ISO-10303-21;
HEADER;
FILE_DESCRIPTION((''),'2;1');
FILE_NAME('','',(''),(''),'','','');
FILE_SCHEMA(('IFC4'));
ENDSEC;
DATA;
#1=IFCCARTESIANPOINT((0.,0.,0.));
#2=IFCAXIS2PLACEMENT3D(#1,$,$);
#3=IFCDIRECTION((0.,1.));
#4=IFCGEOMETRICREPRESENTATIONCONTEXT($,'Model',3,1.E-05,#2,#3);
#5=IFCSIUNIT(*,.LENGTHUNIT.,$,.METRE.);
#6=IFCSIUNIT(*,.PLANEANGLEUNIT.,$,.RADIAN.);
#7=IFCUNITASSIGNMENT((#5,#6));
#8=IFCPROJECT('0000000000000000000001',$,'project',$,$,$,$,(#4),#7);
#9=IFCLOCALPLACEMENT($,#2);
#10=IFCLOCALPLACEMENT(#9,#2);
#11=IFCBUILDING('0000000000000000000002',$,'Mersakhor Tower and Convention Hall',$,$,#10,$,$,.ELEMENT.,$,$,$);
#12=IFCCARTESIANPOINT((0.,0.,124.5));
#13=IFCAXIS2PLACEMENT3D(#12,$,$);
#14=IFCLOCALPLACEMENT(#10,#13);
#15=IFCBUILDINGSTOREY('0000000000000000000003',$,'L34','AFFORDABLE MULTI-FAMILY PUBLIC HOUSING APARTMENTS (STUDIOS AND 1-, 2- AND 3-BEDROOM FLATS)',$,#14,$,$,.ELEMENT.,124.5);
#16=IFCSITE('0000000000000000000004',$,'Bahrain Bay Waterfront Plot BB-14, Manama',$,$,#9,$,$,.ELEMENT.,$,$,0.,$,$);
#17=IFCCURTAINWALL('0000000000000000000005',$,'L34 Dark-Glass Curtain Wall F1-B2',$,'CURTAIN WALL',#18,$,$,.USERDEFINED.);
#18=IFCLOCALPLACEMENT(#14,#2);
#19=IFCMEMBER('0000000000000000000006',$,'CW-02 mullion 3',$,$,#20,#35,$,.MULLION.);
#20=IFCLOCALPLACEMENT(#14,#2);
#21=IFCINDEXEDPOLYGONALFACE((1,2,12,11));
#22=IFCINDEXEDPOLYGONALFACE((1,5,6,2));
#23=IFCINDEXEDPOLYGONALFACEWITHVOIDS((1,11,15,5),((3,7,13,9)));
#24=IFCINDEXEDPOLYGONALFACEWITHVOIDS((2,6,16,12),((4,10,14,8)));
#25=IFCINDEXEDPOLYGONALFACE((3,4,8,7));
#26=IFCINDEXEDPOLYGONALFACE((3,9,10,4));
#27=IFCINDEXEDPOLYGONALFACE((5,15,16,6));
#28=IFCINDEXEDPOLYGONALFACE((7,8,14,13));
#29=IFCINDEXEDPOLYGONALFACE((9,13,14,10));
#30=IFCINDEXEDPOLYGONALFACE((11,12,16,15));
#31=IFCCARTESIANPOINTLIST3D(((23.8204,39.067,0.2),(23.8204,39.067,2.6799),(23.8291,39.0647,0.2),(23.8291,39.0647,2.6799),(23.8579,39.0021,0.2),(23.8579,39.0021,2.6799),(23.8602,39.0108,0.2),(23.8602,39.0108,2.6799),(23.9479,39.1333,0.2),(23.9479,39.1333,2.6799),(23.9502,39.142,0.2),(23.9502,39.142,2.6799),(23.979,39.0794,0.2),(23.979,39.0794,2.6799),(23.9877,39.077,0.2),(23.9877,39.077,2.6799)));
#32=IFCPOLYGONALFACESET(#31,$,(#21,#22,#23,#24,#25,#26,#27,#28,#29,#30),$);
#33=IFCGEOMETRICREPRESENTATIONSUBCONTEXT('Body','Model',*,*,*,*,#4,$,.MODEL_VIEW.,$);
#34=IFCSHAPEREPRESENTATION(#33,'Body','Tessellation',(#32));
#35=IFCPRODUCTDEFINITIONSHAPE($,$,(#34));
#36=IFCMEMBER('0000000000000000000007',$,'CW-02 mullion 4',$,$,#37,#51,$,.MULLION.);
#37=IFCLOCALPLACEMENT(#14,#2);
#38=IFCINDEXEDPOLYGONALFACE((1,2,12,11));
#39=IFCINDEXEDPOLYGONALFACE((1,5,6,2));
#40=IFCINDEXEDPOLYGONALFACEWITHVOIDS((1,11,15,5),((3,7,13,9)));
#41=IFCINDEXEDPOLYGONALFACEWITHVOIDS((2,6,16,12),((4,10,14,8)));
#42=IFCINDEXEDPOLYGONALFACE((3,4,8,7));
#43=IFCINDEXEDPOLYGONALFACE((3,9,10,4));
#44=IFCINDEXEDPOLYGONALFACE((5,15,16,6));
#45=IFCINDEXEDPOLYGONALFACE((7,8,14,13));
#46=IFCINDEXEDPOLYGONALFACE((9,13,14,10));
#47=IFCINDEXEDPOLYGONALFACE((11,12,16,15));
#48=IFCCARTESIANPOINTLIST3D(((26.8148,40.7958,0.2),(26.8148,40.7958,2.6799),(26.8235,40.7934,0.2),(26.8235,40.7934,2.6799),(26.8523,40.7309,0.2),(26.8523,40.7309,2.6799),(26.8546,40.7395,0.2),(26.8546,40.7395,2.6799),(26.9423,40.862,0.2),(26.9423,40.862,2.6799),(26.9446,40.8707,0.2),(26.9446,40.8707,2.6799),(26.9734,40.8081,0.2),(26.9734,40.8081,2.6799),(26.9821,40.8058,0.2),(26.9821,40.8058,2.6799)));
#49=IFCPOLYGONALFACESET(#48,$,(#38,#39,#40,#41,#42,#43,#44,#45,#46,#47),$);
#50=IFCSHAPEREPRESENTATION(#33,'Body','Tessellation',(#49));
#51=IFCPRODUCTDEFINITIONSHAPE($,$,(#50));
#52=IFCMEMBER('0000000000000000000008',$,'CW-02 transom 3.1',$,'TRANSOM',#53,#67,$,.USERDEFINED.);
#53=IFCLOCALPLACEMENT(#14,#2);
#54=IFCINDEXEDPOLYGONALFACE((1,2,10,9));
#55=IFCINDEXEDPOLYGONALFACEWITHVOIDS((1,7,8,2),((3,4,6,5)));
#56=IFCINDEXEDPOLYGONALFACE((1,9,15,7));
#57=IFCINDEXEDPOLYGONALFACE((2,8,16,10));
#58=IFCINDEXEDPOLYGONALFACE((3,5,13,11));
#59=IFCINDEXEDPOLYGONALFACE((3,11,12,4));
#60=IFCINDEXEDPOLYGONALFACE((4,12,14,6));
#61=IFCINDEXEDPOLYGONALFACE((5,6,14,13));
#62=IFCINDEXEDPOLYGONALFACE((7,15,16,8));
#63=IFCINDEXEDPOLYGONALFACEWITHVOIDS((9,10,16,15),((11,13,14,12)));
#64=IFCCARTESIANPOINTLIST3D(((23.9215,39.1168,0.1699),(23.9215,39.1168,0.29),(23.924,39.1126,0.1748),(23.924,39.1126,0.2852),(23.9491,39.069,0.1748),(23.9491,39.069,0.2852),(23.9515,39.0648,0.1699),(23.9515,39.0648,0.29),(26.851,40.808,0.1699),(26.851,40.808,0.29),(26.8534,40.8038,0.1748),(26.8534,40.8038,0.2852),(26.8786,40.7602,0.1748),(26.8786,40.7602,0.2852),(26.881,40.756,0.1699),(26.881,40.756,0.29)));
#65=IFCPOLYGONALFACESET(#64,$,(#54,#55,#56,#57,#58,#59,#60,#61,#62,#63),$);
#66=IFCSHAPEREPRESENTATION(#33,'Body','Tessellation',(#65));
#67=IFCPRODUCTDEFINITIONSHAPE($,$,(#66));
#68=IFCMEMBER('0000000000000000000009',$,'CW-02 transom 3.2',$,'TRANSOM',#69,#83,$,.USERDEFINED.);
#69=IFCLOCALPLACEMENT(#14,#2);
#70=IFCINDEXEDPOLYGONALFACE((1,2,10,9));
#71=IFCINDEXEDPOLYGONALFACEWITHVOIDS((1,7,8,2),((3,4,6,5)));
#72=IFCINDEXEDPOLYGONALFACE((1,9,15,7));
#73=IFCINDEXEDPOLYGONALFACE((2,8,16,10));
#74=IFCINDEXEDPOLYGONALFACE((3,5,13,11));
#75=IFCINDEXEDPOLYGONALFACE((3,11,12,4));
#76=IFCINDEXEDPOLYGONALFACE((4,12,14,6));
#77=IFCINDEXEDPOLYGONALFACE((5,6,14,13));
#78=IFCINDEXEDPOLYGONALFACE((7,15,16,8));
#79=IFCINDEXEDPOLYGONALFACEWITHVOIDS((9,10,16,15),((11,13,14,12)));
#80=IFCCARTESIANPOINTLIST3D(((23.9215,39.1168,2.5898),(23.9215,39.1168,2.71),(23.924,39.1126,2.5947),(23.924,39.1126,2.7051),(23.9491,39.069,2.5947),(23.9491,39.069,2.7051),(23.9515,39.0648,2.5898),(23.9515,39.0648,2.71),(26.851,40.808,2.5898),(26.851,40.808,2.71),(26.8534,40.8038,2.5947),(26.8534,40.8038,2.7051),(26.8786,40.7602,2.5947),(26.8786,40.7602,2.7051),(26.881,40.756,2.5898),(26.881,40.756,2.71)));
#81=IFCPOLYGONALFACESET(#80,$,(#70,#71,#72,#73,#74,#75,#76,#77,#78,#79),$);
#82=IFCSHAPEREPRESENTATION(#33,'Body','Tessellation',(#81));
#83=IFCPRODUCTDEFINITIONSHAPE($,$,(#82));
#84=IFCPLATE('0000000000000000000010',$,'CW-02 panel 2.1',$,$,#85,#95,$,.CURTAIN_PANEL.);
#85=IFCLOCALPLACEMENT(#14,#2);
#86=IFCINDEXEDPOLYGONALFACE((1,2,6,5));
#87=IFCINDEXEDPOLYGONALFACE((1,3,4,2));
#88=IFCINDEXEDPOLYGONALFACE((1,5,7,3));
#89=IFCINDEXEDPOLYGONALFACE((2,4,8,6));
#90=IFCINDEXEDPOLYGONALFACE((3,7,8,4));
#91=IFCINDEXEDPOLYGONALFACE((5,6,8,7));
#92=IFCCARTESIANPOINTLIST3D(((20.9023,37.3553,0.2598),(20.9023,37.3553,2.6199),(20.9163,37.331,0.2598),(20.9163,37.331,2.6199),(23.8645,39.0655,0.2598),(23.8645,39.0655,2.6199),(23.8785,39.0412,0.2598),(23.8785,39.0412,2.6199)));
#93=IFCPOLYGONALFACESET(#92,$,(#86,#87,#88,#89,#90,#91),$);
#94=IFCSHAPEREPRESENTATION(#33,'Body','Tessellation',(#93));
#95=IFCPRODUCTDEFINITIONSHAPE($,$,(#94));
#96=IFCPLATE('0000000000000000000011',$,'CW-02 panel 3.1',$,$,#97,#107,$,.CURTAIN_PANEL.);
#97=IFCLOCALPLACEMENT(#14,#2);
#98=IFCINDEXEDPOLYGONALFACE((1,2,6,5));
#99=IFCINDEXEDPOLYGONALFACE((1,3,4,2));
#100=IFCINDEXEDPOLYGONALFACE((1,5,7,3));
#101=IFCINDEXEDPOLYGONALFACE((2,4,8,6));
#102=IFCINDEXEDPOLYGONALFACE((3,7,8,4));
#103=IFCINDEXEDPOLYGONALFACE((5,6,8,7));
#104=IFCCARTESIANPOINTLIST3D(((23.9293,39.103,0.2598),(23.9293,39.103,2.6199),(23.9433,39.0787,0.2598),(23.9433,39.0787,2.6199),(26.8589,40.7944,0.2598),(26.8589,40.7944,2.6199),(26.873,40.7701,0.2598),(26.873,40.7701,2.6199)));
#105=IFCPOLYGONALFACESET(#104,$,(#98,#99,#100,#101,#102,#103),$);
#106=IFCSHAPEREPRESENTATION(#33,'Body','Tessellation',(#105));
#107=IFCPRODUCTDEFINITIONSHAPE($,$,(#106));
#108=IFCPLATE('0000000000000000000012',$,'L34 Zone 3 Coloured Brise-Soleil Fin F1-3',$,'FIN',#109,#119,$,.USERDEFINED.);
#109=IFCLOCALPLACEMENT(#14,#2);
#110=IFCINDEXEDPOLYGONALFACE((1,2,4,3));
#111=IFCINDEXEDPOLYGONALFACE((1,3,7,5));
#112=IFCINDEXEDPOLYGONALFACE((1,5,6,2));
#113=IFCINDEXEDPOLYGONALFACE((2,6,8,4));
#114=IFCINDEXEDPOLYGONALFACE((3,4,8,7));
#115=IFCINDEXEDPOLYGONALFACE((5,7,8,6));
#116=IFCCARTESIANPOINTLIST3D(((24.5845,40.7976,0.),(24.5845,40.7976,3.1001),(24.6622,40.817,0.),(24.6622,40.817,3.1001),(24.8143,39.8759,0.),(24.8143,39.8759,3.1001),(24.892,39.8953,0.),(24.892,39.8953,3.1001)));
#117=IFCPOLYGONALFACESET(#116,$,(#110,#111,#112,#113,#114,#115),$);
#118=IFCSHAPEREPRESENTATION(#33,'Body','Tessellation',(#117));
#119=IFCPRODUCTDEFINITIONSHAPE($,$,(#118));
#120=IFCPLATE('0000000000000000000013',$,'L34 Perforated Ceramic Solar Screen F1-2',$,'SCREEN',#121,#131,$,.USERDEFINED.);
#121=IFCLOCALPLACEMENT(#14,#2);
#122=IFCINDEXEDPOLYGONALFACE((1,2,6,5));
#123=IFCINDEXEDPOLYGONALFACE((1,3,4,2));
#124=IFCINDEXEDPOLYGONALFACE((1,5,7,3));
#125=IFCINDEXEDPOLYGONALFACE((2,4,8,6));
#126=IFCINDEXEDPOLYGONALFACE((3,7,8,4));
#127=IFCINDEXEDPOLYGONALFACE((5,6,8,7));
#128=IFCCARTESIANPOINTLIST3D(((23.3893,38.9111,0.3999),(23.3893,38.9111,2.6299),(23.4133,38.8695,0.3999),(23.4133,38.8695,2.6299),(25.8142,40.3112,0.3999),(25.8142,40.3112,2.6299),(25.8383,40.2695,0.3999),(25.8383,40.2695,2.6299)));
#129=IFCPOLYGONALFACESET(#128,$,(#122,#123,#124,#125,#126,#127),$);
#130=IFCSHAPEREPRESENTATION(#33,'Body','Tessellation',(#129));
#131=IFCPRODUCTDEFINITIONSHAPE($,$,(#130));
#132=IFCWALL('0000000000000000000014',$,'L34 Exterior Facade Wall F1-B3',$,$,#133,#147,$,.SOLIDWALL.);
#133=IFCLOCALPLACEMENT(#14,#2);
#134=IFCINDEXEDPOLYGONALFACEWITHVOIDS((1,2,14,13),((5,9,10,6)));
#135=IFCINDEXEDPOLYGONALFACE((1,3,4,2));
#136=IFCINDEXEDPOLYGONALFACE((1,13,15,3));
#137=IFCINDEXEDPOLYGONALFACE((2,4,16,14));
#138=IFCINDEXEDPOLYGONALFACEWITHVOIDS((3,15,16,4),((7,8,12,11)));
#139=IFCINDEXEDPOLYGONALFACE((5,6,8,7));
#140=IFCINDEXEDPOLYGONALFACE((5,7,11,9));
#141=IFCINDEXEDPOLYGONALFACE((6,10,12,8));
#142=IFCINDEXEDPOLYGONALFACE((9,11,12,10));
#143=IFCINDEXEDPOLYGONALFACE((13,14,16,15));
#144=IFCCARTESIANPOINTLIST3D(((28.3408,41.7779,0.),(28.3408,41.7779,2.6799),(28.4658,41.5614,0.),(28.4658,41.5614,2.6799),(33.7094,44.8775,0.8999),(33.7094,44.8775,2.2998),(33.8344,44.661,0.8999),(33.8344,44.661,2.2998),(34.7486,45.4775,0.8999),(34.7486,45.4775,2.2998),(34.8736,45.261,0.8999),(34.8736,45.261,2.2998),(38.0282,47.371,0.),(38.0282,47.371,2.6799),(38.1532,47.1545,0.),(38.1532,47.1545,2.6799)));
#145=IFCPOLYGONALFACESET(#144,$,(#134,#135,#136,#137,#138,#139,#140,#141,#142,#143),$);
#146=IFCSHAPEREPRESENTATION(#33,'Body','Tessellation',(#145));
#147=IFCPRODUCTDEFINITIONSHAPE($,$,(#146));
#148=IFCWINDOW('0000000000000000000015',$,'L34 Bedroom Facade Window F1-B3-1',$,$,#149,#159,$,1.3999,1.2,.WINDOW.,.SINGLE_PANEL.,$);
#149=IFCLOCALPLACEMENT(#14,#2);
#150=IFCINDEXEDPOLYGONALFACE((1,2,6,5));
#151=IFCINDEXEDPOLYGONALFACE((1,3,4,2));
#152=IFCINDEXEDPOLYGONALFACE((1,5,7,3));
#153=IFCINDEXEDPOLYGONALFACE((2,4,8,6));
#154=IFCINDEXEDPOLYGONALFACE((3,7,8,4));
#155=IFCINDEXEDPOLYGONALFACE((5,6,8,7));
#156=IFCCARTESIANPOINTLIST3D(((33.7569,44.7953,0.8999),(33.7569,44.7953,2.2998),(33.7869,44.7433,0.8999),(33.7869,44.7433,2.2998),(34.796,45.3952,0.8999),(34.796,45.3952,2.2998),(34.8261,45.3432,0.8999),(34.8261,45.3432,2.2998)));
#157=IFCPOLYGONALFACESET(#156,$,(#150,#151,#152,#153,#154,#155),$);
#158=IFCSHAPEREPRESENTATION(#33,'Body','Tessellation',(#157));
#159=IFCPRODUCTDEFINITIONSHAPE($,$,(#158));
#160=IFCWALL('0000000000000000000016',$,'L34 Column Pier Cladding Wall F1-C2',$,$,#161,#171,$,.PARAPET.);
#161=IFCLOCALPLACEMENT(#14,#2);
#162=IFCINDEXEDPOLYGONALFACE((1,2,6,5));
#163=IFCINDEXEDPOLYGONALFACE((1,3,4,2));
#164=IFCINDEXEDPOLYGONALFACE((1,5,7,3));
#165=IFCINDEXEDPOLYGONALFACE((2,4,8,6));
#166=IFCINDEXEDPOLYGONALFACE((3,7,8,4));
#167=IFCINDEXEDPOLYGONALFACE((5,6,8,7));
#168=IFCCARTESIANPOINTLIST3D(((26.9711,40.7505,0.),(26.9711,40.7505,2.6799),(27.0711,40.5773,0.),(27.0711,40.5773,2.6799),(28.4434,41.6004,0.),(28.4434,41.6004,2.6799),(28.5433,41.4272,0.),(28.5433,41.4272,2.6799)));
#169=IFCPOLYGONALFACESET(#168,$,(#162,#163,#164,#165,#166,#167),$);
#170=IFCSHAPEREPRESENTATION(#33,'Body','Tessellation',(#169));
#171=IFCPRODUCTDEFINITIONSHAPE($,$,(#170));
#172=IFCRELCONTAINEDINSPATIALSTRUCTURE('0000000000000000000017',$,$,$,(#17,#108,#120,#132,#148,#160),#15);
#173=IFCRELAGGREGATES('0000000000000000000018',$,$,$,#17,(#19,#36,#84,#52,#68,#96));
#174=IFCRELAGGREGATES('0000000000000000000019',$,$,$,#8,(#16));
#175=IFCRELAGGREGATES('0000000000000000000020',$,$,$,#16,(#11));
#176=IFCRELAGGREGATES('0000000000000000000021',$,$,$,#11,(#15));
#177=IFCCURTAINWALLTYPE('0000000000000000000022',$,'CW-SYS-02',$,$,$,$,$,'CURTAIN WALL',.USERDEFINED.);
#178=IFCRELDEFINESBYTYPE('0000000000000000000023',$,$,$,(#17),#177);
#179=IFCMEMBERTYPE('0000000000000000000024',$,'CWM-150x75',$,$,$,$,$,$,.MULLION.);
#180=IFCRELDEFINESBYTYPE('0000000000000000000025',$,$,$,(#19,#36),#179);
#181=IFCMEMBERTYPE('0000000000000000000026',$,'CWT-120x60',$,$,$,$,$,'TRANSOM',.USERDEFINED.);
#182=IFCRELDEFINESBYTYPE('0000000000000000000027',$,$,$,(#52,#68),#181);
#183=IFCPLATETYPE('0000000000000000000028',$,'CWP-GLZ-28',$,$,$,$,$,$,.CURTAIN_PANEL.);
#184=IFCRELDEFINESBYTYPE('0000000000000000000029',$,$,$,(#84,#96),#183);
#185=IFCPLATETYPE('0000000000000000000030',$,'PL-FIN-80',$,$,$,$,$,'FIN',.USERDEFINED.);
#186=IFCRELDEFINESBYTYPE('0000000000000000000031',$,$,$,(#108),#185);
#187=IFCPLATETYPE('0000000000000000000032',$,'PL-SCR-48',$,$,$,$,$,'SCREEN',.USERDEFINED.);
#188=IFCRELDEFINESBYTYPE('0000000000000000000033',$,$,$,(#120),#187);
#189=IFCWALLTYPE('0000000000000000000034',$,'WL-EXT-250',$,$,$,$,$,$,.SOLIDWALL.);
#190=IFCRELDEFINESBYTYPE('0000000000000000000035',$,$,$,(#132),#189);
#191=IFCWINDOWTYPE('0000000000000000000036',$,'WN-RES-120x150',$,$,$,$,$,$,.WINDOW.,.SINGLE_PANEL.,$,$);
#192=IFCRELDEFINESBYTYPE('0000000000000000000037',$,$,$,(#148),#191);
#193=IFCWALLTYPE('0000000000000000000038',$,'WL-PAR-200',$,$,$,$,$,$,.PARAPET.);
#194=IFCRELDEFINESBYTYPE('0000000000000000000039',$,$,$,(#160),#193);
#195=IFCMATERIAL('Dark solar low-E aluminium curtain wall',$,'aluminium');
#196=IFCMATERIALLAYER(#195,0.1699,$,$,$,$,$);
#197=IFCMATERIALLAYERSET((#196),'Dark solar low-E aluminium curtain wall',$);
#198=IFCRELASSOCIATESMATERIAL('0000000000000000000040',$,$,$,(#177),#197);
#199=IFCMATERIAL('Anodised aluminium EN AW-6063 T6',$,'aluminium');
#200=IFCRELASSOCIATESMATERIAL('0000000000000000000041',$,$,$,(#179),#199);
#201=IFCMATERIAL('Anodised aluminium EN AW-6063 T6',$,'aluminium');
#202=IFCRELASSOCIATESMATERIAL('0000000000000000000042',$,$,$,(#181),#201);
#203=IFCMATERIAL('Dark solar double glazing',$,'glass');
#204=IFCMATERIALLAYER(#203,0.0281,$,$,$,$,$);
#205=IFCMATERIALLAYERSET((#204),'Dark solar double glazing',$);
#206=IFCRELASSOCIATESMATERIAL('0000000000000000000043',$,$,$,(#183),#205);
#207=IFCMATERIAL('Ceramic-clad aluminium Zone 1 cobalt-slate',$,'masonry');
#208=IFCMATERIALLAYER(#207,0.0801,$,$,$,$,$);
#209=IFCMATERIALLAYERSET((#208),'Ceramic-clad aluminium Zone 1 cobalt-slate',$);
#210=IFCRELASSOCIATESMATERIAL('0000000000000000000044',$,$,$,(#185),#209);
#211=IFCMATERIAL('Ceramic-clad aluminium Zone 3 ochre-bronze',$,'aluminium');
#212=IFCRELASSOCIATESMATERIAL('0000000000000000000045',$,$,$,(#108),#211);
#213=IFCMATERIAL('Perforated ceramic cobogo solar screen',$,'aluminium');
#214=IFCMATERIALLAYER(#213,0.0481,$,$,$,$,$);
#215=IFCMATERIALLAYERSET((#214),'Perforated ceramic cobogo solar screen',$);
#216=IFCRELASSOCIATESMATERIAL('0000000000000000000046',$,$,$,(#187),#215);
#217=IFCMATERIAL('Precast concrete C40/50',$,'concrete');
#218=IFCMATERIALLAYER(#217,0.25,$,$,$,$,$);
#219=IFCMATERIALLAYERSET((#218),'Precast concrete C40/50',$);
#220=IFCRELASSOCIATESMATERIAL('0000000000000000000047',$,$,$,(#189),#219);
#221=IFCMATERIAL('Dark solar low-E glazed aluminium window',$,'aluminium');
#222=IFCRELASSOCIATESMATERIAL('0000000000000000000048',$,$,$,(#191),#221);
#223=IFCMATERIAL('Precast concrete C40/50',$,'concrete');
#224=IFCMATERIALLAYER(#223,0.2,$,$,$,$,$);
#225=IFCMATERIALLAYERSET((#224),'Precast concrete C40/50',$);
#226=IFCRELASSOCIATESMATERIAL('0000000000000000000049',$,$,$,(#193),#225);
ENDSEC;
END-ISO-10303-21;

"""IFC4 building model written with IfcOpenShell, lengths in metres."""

from ifc_helpers import new_model, si_unit, direction, frame, frame_2d, origin, origin_2d, place, context, subcontext, project, spatial, rectangle, hollow_rectangle, extrude, material, layer, layer_set, material_profile, profile_set, type_object, element, fill, aggregate, save


model = new_model("IFC4")

# Units and contexts
model_context = context("Model", 3, precision=1e-05, world=origin(), true_north=direction((0.0, 1.0)))
body_context = subcontext(model_context, "Body", "Model", "MODEL_VIEW")
ifc_project = project(units=[si_unit("LENGTHUNIT", "METRE"), si_unit("PLANEANGLEUNIT", "RADIAN")], contexts=[model_context])

# Site, building, storey
site_placement = place(None, origin())
site = spatial("IfcSite", under=ifc_project, at=site_placement, Name="Bahrain Bay Waterfront Plot BB-14, Manama", CompositionType="ELEMENT", RefElevation=0.0)
building_placement = place(site_placement, origin())
building = spatial("IfcBuilding", under=site, at=building_placement, Name="Mersakhor Tower and Convention Hall", CompositionType="ELEMENT")
storey_placement = place(building_placement, frame((0.0, 0.0, 124.5)))
storey = spatial("IfcBuildingStorey", under=building, at=storey_placement, Name="L34", Description="AFFORDABLE MULTI-FAMILY PUBLIC HOUSING APARTMENTS (STUDIOS AND 1-, 2- AND 3-BEDROOM FLATS)", CompositionType="ELEMENT", Elevation=124.5)

# Curtain wall, members, plates
ifc_material_1 = material(Name="Dark solar low-E aluminium curtain wall", Category="aluminium")
ifc_layer_1 = layer(ifc_material_1, 0.1699)
ifc_layer_set_1 = layer_set([ifc_layer_1], Name="Dark solar low-E aluminium curtain wall")
curtain_wall_type = type_object("IfcCurtainWallType", Name="CW-SYS-02", ElementType="CURTAIN WALL", PredefinedType="USERDEFINED", material=ifc_layer_set_1)
curtain_wall_placement = place(storey_placement, origin())
curtain_wall = element("IfcCurtainWall", 1, at=curtain_wall_placement, inside=storey, type_object=curtain_wall_type, Name="L34 Dark-Glass Curtain Wall F1-B2", ObjectType="CURTAIN WALL", PredefinedType="USERDEFINED")
ifc_material_2 = material(Name="Anodised aluminium EN AW-6063 T6", Category="aluminium")
ifc_material_profile_1 = material_profile(ifc_material_2, hollow_rectangle(XDim=0.075, YDim=0.1499, WallThickness=0.0063, at=origin_2d()), Name="RHS 150x75x6.3")
ifc_profile_set_1 = profile_set([ifc_material_profile_1], Name="Anodised aluminium EN AW-6063 T6")
member_type_1 = type_object("IfcMemberType", Name="CWM-150x75", PredefinedType="MULLION", material=ifc_profile_set_1)
member_1_placement = place(storey_placement, frame((23.9041, 39.072, 0.2), z_axis=(0.0, 0.0, 1.0), x_axis=(-0.49999, 0.866031, 0.0)))
member_1 = element("IfcMember", 2, at=member_1_placement, type_object=member_type_1, Name="CW-02 mullion 3", PredefinedType="MULLION", context=body_context, shape_type="SweptSolid", body=[
    extrude(hollow_rectangle(XDim=0.075, YDim=0.1499, WallThickness=0.0063, at=origin_2d()), origin(), (0.0, 0.0, 1.0), 2.48),
])
member_2_placement = place(storey_placement, frame((26.8984, 40.8008, 0.2), z_axis=(0.0, 0.0, 1.0), x_axis=(-0.49999, 0.866031, 0.0)))
member_2 = element("IfcMember", 3, at=member_2_placement, type_object=member_type_1, Name="CW-02 mullion 4", PredefinedType="MULLION", context=body_context, shape_type="SweptSolid", body=[
    extrude(hollow_rectangle(XDim=0.075, YDim=0.1499, WallThickness=0.0063, at=origin_2d()), origin(), (0.0, 0.0, 1.0), 2.48),
])
ifc_material_3 = material(Name="Anodised aluminium EN AW-6063 T6", Category="aluminium")
ifc_material_profile_2 = material_profile(ifc_material_3, hollow_rectangle(XDim=0.0601, YDim=0.1201, WallThickness=0.0049, at=origin_2d()), Name="RHS 120x60x5")
ifc_profile_set_2 = profile_set([ifc_material_profile_2], Name="Anodised aluminium EN AW-6063 T6")
member_type_2 = type_object("IfcMemberType", Name="CWT-120x60", ElementType="TRANSOM", PredefinedType="USERDEFINED", material=ifc_profile_set_2)
member_3_placement = place(storey_placement, frame((23.9365, 39.0908, 0.23), z_axis=(0.866045, 0.499966, 0.0), x_axis=(-0.499966, 0.866045, 0.0)))
member_3 = element("IfcMember", 4, at=member_3_placement, type_object=member_type_2, Name="CW-02 transom 3.1", ObjectType="TRANSOM", PredefinedType="USERDEFINED", context=body_context, shape_type="SweptSolid", body=[
    extrude(hollow_rectangle(XDim=0.0601, YDim=0.1201, WallThickness=0.0049, at=origin_2d()), origin(), (0.0, 0.0, 1.0), 3.3826),
])
member_4_placement = place(storey_placement, frame((23.9365, 39.0908, 2.6499), z_axis=(0.866045, 0.499966, 0.0), x_axis=(-0.499966, 0.866045, 0.0)))
member_4 = element("IfcMember", 5, at=member_4_placement, type_object=member_type_2, Name="CW-02 transom 3.2", ObjectType="TRANSOM", PredefinedType="USERDEFINED", context=body_context, shape_type="SweptSolid", body=[
    extrude(hollow_rectangle(XDim=0.0601, YDim=0.1201, WallThickness=0.0049, at=origin_2d()), origin(), (0.0, 0.0, 1.0), 3.3826),
])
ifc_material_4 = material(Name="Dark solar double glazing", Category="glass")
ifc_layer_2 = layer(ifc_material_4, 0.0281)
ifc_layer_set_2 = layer_set([ifc_layer_2], Name="Dark solar double glazing")
plate_type_1 = type_object("IfcPlateType", Name="CWP-GLZ-28", PredefinedType="CURTAIN_PANEL", material=ifc_layer_set_2)
plate_1_placement = place(storey_placement, frame((22.3904, 38.1982, 0.2598), z_axis=(0.0, 0.0, 1.0), x_axis=(0.866031, 0.49999, 0.0)))
plate_1 = element("IfcPlate", 6, at=plate_1_placement, type_object=plate_type_1, Name="CW-02 panel 2.1", PredefinedType="CURTAIN_PANEL", context=body_context, shape_type="SweptSolid", body=[
    extrude(rectangle(XDim=3.4204, YDim=0.0281, at=origin_2d()), origin(), (0.0, 0.0, 1.0), 2.3601),
])
plate_2_placement = place(storey_placement, frame((25.4011, 39.9365, 0.2598), z_axis=(0.0, 0.0, 1.0), x_axis=(0.866031, 0.49999, 0.0)))
plate_2 = element("IfcPlate", 7, at=plate_2_placement, type_object=plate_type_1, Name="CW-02 panel 3.1", PredefinedType="CURTAIN_PANEL", context=body_context, shape_type="SweptSolid", body=[
    extrude(rectangle(XDim=3.3828, YDim=0.0281, at=origin_2d()), origin(), (0.0, 0.0, 1.0), 2.3601),
])
aggregate(curtain_wall, [member_1, member_2, plate_1, member_3, member_4, plate_2])

# Plates
ifc_material_5 = material(Name="Ceramic-clad aluminium Zone 3 ochre-bronze", Category="aluminium")
ifc_material_6 = material(Name="Ceramic-clad aluminium Zone 1 cobalt-slate", Category="masonry")
ifc_layer_3 = layer(ifc_material_6, 0.0801)
ifc_layer_set_3 = layer_set([ifc_layer_3], Name="Ceramic-clad aluminium Zone 1 cobalt-slate")
plate_type_2 = type_object("IfcPlateType", Name="PL-FIN-80", ElementType="FIN", PredefinedType="USERDEFINED", material=ifc_layer_set_3)
plate_3_placement = place(storey_placement, frame((24.7383, 40.3464, 0.0), z_axis=(0.0, 0.0, 1.0), x_axis=(-0.241922, 0.970296, 0.0)))
element("IfcPlate", 8, at=plate_3_placement, inside=storey, type_object=plate_type_2, material=ifc_material_5, Name="L34 Zone 3 Coloured Brise-Soleil Fin F1-3", ObjectType="FIN", PredefinedType="USERDEFINED", context=body_context, shape_type="SweptSolid", body=[
    extrude(rectangle(XDim=0.95, YDim=0.0801, at=origin_2d()), origin(), (0.0, 0.0, 1.0), 3.1001),
])
ifc_material_7 = material(Name="Perforated ceramic cobogo solar screen", Category="aluminium")
ifc_layer_4 = layer(ifc_material_7, 0.0481)
ifc_layer_set_4 = layer_set([ifc_layer_4], Name="Perforated ceramic cobogo solar screen")
plate_type_3 = type_object("IfcPlateType", Name="PL-SCR-48", ElementType="SCREEN", PredefinedType="USERDEFINED", material=ifc_layer_set_4)
plate_4_placement = place(storey_placement, frame((24.6138, 39.5903, 0.3999), z_axis=(0.0, 0.0, 1.0), x_axis=(0.866025, 0.5, 0.0)))
element("IfcPlate", 9, at=plate_4_placement, inside=storey, type_object=plate_type_3, Name="L34 Perforated Ceramic Solar Screen F1-2", ObjectType="SCREEN", PredefinedType="USERDEFINED", context=body_context, shape_type="SweptSolid", body=[
    extrude(rectangle(XDim=2.8, YDim=0.0481, at=origin_2d()), origin(), (0.0, 0.0, 1.0), 2.23),
])

# Wall, opening, window
ifc_material_8 = material(Name="Precast concrete C40/50", Category="concrete")
ifc_layer_5 = layer(ifc_material_8, 0.25)
ifc_layer_set_5 = layer_set([ifc_layer_5], Name="Precast concrete C40/50")
wall_type_1 = type_object("IfcWallType", Name="WL-EXT-250", PredefinedType="SOLIDWALL", material=ifc_layer_set_5)
wall_1_placement = place(storey_placement, frame((28.4033, 41.6697, 0.0), z_axis=(0.0, 0.0, 1.0), x_axis=(0.866022, 0.500005, 0.0)))
wall_1 = element("IfcWall", 10, at=wall_1_placement, inside=storey, type_object=wall_type_1, Name="L34 Exterior Facade Wall F1-B3", PredefinedType="SOLIDWALL", context=body_context, shape_type="SweptSolid", body=[
    extrude(rectangle(XDim=11.186, YDim=0.25, at=frame_2d((5.593, 0.0))), origin(), (0.0, 0.0, 1.0), 2.6799),
])
opening_1_placement = place(wall_1_placement, frame((6.199, 0.0, 0.8999)))
opening_1 = element("IfcOpeningElement", 11, at=opening_1_placement, cuts=wall_1, PredefinedType="OPENING", context=body_context, shape_type="SweptSolid", body=[
    extrude(rectangle(XDim=1.2, YDim=1.3999, at=frame_2d((0.6001, 0.7))), frame((0.0, 0.135, 0.0), z_axis=(0.0, -1.0, 0.0), x_axis=(1.0, 0.0, 0.0)), (0.0, 0.0, 1.0), 0.27),
])
ifc_material_9 = material(Name="Dark solar low-E glazed aluminium window", Category="aluminium")
window_type = type_object("IfcWindowType", Name="WN-RES-120x150", PartitioningType="SINGLE_PANEL", PredefinedType="WINDOW", material=ifc_material_9)
window_placement = place(opening_1_placement, origin())
window = element("IfcWindow", 12, at=window_placement, inside=storey, type_object=window_type, Name="L34 Bedroom Facade Window F1-B3-1", OverallHeight=1.3999, OverallWidth=1.2, PartitioningType="SINGLE_PANEL", PredefinedType="WINDOW", context=body_context, shape_type="SweptSolid", body=[
    extrude(rectangle(XDim=1.2, YDim=1.3999, at=frame_2d((0.6001, 0.7))), frame((0.0, 0.03, 0.0), z_axis=(0.0, -1.0, 0.0), x_axis=(1.0, 0.0, 0.0)), (0.0, 0.0, 1.0), 0.0601),
])
fill(opening_1, window)

# Wall
ifc_material_10 = material(Name="Precast concrete C40/50", Category="concrete")
ifc_layer_6 = layer(ifc_material_10, 0.2)
ifc_layer_set_6 = layer_set([ifc_layer_6], Name="Precast concrete C40/50")
wall_type_2 = type_object("IfcWallType", Name="WL-PAR-200", PredefinedType="PARAPET", material=ifc_layer_set_6)
wall_2_placement = place(storey_placement, frame((27.021, 40.6638, 0.0), z_axis=(0.0, 0.0, 1.0), x_axis=(0.866052, 0.499955, 0.0)))
element("IfcWall", 13, at=wall_2_placement, inside=storey, type_object=wall_type_2, Name="L34 Column Pier Cladding Wall F1-C2", PredefinedType="PARAPET", context=body_context, shape_type="SweptSolid", body=[
    extrude(rectangle(XDim=1.7, YDim=0.2, at=frame_2d((0.8501, 0.0))), origin(), (0.0, 0.0, 1.0), 2.6799),
])

save(model, "model.ifc")
